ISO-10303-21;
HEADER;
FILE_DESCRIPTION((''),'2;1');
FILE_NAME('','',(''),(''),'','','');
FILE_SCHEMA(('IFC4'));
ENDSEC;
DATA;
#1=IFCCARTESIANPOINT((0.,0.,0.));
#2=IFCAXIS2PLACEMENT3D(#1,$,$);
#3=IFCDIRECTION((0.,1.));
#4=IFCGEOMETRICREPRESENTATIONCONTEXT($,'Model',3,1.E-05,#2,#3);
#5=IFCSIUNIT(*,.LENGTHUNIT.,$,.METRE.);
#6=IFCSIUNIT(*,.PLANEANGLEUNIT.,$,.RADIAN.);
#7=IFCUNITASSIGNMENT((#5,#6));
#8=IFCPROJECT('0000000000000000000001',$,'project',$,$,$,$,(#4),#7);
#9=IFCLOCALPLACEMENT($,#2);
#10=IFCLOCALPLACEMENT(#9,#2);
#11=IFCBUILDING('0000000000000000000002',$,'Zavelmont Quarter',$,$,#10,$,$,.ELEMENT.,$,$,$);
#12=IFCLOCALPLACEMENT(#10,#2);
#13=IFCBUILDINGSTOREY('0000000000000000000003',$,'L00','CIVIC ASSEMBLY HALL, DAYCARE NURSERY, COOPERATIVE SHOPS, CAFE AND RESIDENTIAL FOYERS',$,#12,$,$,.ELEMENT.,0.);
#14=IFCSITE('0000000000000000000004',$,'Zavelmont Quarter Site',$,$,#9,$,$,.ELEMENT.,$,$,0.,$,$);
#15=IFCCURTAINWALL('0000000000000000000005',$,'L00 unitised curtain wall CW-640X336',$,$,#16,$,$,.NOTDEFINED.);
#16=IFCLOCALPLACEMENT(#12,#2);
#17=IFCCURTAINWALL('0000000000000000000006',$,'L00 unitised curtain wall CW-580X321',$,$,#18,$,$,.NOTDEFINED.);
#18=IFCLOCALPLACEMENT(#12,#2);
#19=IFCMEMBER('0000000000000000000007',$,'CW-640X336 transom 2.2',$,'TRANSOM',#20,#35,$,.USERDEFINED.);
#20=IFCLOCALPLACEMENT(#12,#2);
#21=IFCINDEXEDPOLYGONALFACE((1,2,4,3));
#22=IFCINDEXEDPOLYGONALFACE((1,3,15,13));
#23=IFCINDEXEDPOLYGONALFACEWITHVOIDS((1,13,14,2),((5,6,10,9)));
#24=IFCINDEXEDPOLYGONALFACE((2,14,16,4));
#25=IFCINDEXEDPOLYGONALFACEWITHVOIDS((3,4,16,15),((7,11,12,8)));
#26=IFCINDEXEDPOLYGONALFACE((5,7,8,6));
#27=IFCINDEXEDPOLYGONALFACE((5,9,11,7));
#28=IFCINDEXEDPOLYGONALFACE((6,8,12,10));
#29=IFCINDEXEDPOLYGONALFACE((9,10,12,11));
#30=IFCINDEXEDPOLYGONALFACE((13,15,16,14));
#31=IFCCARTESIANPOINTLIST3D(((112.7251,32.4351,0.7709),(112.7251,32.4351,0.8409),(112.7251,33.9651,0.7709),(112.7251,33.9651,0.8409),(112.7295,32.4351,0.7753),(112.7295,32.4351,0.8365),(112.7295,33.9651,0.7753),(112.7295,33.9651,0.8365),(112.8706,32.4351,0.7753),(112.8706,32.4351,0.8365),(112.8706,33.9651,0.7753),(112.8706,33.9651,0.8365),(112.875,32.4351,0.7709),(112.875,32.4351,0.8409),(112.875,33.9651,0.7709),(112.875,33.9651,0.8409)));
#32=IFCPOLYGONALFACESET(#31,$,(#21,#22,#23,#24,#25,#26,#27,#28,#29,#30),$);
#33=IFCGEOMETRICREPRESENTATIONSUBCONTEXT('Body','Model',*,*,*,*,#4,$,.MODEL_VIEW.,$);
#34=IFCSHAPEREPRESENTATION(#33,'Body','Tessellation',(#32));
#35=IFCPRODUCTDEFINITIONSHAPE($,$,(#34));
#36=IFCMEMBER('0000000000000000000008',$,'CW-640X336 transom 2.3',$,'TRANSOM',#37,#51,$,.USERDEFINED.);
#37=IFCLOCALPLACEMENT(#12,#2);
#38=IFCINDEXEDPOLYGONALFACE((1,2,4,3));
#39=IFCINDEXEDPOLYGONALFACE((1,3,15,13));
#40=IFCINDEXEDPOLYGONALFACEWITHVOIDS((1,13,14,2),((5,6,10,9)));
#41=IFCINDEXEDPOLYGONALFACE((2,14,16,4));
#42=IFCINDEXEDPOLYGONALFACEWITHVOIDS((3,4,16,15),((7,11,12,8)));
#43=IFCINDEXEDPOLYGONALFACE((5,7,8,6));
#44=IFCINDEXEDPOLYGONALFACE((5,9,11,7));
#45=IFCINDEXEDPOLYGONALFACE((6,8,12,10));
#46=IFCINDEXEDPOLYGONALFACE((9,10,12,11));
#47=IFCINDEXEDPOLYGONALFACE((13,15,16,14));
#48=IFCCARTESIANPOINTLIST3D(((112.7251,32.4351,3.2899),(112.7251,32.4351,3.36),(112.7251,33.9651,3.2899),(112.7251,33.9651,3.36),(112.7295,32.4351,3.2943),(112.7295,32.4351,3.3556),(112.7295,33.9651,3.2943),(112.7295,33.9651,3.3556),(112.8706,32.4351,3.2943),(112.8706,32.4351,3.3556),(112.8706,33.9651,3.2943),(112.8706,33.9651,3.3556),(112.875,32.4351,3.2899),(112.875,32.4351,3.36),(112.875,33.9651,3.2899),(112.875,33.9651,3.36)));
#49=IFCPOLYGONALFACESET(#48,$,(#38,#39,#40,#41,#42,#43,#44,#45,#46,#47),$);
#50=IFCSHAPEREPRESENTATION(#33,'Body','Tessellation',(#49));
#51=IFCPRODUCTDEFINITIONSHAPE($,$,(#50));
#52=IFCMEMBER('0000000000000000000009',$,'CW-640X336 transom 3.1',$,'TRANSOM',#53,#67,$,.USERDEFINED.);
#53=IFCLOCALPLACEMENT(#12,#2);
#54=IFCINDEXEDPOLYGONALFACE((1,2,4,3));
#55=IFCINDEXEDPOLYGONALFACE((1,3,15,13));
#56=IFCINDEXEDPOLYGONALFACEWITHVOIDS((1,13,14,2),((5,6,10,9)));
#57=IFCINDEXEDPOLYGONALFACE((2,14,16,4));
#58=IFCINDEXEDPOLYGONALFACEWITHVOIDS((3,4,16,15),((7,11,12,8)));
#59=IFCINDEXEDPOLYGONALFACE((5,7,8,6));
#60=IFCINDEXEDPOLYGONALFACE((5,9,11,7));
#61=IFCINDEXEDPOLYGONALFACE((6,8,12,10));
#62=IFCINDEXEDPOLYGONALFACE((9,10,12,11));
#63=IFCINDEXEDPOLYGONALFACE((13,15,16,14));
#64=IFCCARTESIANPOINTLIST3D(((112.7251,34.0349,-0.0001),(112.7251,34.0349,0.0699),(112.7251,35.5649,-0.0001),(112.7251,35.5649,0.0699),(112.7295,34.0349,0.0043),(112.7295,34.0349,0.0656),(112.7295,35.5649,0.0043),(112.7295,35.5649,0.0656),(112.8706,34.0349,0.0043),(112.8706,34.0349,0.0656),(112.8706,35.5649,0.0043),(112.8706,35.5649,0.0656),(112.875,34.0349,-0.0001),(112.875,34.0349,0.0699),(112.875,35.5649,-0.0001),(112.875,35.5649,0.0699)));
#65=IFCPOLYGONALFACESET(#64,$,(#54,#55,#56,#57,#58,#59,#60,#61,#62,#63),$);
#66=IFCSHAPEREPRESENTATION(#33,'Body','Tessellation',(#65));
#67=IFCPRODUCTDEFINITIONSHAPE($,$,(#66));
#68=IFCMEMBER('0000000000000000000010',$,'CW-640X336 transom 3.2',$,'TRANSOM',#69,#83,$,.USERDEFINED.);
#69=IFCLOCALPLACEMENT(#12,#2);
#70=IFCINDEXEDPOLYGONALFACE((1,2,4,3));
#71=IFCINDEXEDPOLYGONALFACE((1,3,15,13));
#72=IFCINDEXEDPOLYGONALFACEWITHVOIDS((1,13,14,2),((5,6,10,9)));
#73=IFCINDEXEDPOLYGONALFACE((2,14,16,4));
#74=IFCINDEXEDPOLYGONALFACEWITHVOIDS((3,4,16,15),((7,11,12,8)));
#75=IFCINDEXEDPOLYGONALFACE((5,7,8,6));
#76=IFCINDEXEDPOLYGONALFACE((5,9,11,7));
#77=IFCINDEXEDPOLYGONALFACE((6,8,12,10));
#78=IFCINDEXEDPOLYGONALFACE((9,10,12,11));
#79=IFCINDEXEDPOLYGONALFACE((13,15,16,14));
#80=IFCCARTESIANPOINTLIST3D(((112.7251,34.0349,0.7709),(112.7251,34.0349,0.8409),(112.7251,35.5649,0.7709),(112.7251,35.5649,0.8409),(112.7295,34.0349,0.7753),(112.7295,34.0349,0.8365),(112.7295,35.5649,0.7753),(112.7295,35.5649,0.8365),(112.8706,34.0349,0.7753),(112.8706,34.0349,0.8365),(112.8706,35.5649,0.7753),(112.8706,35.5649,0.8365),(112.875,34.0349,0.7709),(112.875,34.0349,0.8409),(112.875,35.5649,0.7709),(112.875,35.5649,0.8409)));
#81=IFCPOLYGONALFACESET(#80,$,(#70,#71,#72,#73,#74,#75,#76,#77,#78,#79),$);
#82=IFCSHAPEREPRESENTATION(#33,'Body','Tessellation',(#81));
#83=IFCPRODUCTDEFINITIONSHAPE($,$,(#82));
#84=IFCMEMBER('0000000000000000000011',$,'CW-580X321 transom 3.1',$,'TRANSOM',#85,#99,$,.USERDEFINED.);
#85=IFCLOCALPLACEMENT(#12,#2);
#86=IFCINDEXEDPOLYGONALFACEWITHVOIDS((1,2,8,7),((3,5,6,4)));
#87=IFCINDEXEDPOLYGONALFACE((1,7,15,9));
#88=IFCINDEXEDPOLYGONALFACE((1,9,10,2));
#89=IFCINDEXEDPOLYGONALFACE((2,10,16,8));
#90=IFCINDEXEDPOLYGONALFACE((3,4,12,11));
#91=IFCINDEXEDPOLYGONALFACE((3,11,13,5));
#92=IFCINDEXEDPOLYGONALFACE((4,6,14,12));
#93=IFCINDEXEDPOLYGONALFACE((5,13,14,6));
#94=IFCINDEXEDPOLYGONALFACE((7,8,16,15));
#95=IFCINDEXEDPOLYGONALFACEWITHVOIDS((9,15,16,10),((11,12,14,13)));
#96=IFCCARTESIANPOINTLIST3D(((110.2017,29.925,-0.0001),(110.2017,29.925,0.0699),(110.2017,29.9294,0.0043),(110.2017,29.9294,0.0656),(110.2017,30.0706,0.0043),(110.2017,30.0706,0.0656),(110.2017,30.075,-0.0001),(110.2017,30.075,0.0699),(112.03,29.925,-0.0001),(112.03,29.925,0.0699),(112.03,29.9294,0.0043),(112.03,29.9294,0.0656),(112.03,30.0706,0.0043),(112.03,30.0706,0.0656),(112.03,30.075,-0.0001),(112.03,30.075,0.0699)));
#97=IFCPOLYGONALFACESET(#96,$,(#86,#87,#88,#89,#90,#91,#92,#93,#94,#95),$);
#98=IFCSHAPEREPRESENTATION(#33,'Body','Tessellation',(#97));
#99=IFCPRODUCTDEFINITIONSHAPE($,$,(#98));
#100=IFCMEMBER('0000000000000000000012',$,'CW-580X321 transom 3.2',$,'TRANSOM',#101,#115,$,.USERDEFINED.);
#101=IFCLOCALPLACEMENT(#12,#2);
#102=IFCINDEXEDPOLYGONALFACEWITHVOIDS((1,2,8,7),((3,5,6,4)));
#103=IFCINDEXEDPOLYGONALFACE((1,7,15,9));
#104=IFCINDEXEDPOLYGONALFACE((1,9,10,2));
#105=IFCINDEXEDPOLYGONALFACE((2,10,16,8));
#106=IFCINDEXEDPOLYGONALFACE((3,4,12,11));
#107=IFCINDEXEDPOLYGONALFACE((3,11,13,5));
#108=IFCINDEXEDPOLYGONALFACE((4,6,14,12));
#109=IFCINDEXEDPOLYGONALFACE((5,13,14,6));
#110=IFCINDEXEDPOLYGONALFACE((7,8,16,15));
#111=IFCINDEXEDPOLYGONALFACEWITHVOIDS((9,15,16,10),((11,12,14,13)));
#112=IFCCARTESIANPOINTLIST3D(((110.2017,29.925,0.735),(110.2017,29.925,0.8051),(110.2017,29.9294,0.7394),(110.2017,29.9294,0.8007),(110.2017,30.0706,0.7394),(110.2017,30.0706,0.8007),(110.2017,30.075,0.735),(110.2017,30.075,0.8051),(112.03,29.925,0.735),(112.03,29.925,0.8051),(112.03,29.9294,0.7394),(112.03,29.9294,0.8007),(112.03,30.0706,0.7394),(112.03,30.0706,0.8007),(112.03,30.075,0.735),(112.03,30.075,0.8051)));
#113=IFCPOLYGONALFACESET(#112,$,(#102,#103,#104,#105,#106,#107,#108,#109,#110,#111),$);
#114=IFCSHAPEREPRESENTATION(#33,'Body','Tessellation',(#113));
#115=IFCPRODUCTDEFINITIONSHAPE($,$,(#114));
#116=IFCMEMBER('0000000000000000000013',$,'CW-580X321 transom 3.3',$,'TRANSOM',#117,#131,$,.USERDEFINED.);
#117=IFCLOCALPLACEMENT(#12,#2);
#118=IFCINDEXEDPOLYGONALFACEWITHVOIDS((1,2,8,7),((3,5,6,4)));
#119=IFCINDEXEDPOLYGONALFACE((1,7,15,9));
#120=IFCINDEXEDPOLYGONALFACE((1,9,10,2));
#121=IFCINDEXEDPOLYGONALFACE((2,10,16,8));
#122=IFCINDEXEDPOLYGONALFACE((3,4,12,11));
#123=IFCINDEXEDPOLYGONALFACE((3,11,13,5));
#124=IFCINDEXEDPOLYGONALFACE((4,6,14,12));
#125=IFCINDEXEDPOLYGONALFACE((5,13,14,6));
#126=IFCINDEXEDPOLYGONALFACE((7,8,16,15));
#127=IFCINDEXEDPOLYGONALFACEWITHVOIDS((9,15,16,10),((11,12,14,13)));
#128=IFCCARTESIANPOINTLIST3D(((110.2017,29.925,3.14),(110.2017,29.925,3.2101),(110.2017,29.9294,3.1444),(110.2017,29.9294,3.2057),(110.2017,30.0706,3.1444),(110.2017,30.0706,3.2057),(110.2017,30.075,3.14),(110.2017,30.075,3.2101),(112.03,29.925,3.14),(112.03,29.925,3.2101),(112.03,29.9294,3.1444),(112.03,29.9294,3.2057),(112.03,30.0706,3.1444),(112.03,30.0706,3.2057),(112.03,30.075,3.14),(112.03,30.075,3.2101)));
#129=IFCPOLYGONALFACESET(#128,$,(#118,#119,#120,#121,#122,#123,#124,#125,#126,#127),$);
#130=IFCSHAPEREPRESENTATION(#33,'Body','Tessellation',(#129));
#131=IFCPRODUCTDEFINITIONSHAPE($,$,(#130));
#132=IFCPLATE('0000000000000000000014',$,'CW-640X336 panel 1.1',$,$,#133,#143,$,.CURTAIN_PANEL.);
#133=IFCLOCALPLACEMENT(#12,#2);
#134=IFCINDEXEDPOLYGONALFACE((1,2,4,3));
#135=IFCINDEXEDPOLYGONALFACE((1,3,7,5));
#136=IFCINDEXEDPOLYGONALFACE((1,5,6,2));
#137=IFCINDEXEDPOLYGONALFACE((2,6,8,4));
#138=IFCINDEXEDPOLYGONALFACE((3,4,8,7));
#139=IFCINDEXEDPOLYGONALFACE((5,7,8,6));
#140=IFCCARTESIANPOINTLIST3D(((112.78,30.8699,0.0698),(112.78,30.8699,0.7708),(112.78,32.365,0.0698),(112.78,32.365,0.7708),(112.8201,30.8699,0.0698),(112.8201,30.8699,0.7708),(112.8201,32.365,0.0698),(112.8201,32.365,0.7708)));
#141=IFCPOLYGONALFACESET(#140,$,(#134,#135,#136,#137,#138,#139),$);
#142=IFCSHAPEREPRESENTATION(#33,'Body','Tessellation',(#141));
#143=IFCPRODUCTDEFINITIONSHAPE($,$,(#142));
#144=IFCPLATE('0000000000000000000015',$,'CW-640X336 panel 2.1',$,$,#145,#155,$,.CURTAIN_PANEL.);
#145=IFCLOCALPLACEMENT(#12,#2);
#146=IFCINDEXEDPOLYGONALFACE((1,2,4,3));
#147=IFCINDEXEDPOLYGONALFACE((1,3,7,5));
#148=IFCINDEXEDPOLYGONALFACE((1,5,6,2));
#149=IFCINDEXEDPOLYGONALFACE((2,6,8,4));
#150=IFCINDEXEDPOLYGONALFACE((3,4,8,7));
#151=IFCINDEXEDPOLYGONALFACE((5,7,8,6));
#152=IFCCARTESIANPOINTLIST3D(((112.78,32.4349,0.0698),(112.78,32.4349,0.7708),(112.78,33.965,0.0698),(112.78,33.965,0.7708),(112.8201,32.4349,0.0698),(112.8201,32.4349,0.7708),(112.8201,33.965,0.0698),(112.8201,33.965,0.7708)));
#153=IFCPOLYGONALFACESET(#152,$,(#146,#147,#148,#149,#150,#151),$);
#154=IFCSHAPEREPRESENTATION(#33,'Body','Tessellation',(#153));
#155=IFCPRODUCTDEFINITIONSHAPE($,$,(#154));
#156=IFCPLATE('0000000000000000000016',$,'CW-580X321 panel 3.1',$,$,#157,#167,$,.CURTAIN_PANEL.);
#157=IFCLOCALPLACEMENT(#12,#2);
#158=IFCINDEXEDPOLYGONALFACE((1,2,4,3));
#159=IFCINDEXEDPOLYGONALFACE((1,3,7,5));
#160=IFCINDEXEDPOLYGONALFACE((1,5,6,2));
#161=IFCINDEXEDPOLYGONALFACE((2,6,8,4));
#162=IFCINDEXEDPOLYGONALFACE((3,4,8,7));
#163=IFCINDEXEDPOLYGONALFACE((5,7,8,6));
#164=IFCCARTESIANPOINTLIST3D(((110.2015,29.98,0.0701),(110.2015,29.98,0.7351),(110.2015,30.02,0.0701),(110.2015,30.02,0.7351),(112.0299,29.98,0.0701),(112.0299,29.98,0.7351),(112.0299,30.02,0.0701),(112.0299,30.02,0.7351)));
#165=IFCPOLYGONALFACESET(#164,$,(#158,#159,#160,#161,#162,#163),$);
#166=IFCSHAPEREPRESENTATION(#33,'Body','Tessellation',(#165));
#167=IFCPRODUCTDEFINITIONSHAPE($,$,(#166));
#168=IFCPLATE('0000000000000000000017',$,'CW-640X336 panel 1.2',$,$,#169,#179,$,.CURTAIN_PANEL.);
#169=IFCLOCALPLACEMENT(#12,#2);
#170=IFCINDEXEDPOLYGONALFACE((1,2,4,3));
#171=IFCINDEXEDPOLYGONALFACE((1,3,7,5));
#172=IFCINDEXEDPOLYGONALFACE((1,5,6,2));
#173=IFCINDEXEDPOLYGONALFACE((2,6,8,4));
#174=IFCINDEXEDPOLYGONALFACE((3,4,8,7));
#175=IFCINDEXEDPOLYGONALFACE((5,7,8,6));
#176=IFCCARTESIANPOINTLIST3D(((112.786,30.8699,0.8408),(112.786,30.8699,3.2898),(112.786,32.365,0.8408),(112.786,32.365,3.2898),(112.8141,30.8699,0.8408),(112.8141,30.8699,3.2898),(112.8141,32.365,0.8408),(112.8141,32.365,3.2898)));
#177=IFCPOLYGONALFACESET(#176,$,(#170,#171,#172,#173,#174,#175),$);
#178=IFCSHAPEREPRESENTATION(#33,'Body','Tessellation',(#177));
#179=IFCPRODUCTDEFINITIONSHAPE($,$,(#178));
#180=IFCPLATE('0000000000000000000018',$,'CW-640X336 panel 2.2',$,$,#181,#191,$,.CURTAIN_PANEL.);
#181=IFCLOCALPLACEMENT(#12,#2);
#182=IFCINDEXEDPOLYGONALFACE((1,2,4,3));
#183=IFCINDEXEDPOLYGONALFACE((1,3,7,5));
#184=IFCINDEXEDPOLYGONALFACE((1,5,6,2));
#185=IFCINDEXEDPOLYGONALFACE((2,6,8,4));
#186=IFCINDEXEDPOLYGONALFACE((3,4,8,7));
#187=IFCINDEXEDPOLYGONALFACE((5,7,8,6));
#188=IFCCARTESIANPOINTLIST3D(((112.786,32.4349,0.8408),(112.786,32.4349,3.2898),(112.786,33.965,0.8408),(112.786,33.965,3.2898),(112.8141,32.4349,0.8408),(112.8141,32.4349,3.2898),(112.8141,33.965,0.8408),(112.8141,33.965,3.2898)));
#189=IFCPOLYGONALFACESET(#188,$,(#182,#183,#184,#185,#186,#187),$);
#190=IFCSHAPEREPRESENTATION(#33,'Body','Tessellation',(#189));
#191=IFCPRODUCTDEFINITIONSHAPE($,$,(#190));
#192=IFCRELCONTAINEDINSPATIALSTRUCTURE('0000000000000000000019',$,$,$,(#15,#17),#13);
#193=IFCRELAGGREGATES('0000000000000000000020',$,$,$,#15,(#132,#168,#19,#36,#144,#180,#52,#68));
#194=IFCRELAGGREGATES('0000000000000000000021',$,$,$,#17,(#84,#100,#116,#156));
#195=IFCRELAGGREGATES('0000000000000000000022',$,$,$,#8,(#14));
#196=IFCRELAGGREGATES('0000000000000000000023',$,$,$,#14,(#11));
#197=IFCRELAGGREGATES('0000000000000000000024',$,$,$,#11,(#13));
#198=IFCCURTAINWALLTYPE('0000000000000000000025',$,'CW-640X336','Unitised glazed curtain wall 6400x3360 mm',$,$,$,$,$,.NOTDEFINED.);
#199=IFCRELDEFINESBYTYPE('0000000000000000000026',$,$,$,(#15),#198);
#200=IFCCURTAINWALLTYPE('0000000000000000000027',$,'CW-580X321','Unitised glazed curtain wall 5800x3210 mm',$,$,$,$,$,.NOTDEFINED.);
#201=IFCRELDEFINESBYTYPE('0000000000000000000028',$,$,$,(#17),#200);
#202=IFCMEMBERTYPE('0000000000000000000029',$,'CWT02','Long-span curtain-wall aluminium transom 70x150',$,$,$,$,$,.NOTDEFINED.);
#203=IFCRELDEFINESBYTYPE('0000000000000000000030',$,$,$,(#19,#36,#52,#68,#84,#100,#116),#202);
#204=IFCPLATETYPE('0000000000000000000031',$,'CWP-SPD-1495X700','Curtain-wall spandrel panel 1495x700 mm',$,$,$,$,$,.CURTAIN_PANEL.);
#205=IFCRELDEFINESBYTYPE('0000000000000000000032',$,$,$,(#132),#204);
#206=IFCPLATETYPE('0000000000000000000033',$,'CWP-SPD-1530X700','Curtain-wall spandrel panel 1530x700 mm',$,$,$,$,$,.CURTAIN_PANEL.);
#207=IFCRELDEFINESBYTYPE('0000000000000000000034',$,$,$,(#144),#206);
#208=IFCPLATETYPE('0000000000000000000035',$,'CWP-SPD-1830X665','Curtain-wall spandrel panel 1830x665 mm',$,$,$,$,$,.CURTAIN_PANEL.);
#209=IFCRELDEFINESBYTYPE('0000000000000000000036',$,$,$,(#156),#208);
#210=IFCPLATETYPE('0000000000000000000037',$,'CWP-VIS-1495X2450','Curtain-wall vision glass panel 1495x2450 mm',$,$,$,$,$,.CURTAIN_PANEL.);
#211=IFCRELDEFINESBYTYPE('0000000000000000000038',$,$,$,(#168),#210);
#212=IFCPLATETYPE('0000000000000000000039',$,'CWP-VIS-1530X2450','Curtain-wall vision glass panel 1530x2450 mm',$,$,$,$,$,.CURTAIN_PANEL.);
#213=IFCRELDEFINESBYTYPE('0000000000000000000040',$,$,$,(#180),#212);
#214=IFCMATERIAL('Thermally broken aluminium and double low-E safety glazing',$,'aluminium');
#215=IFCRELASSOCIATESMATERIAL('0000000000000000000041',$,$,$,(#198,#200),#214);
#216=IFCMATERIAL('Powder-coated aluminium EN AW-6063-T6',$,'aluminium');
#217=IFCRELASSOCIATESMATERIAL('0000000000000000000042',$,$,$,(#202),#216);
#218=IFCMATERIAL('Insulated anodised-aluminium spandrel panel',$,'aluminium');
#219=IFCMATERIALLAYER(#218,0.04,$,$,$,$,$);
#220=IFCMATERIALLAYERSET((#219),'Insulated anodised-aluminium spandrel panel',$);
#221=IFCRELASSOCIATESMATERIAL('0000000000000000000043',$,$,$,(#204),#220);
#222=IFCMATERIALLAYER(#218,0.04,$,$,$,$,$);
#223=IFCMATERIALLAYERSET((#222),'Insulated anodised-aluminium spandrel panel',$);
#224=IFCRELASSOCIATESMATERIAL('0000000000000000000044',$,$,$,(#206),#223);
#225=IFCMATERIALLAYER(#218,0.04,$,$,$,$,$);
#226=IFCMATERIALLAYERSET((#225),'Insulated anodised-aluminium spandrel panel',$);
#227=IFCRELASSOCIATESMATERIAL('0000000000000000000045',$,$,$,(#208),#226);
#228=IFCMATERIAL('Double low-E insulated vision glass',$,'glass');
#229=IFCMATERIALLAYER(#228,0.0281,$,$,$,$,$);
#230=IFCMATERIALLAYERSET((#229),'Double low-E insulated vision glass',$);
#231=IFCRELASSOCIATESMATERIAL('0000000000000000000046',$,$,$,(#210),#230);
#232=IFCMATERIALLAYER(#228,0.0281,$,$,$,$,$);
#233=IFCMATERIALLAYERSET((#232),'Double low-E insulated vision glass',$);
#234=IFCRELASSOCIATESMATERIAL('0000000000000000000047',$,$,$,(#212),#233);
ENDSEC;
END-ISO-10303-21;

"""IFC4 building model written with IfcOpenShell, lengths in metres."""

from ifc_helpers import new_model, si_unit, direction, frame, origin, origin_2d, place, context, subcontext, project, spatial, rectangle, hollow_rectangle, extrude, material, layer, layer_set, material_profile, profile_set, type_object, element, aggregate, save


model = new_model("IFC4")

# Units and contexts
model_context = context("Model", 3, precision=1e-05, world=origin(), true_north=direction((0.0, 1.0)))
body_context = subcontext(model_context, "Body", "Model", "MODEL_VIEW")
ifc_project = project(units=[si_unit("LENGTHUNIT", "METRE"), si_unit("PLANEANGLEUNIT", "RADIAN")], contexts=[model_context])

# Site, building, storey
site_placement = place(None, origin())
site = spatial("IfcSite", under=ifc_project, at=site_placement, Name="Zavelmont Quarter Site", CompositionType="ELEMENT", RefElevation=0.0)
building_placement = place(site_placement, origin())
building = spatial("IfcBuilding", under=site, at=building_placement, Name="Zavelmont Quarter", CompositionType="ELEMENT")
storey_placement = place(building_placement, origin())
storey = spatial("IfcBuildingStorey", under=building, at=storey_placement, Name="L00", Description="CIVIC ASSEMBLY HALL, DAYCARE NURSERY, COOPERATIVE SHOPS, CAFE AND RESIDENTIAL FOYERS", CompositionType="ELEMENT", Elevation=0.0)

# Curtain walls
ifc_material_1 = material(Name="Thermally broken aluminium and double low-E safety glazing", Category="aluminium")
curtain_wall_type_1 = type_object("IfcCurtainWallType", Name="CW-640X336", Description="Unitised glazed curtain wall 6400x3360 mm", PredefinedType="NOTDEFINED", material=ifc_material_1)
curtain_wall_1_placement = place(storey_placement, origin())
curtain_wall_1 = element("IfcCurtainWall", 1, at=curtain_wall_1_placement, inside=storey, type_object=curtain_wall_type_1, Name="L00 unitised curtain wall CW-640X336", PredefinedType="NOTDEFINED")
ifc_material_2 = material(Name="Powder-coated aluminium EN AW-6063-T6", Category="aluminium")
curtain_wall_type_2 = type_object("IfcCurtainWallType", Name="CW-580X321", Description="Unitised glazed curtain wall 5800x3210 mm", PredefinedType="NOTDEFINED", material=ifc_material_1)
curtain_wall_2_placement = place(storey_placement, origin())
curtain_wall_2 = element("IfcCurtainWall", 2, at=curtain_wall_2_placement, inside=storey, type_object=curtain_wall_type_2, Name="L00 unitised curtain wall CW-580X321", PredefinedType="NOTDEFINED")

# Members
ifc_material_profile_1 = material_profile(ifc_material_2, hollow_rectangle(XDim=0.1499, YDim=0.0701, WallThickness=0.0044, at=origin_2d()), Name="CWT70X150")
ifc_profile_set_1 = profile_set([ifc_material_profile_1], Name="Powder-coated aluminium EN AW-6063-T6")
member_type_1 = type_object("IfcMemberType", Name="CWT02", Description="Long-span curtain-wall aluminium transom 70x150", PredefinedType="NOTDEFINED", material=ifc_profile_set_1)
member_1_placement = place(storey_placement, frame((112.8, 32.4351, 0.8059), z_axis=(0.0, 1.0, 0.0), x_axis=(-1.0, 0.0, 0.0)))
member_1 = element("IfcMember", 3, at=member_1_placement, type_object=member_type_1, Name="CW-640X336 transom 2.2", ObjectType="TRANSOM", PredefinedType="USERDEFINED", context=body_context, shape_type="SweptSolid", body=[
    extrude(hollow_rectangle(XDim=0.1499, YDim=0.0701, WallThickness=0.0044, at=origin_2d()), origin(), (0.0, 0.0, 1.0), 1.53),
])
member_2_placement = place(storey_placement, frame((112.8, 32.4351, 3.325), z_axis=(0.0, 1.0, 0.0), x_axis=(-1.0, 0.0, 0.0)))
member_2 = element("IfcMember", 4, at=member_2_placement, type_object=member_type_1, Name="CW-640X336 transom 2.3", ObjectType="TRANSOM", PredefinedType="USERDEFINED", context=body_context, shape_type="SweptSolid", body=[
    extrude(hollow_rectangle(XDim=0.1499, YDim=0.0701, WallThickness=0.0044, at=origin_2d()), origin(), (0.0, 0.0, 1.0), 1.53),
])
member_3_placement = place(storey_placement, frame((112.8, 34.0349, 0.0349), z_axis=(0.0, 1.0, 0.0), x_axis=(-1.0, 0.0, 0.0)))
member_3 = element("IfcMember", 5, at=member_3_placement, type_object=member_type_1, Name="CW-640X336 transom 3.1", ObjectType="TRANSOM", PredefinedType="USERDEFINED", context=body_context, shape_type="SweptSolid", body=[
    extrude(hollow_rectangle(XDim=0.1499, YDim=0.0701, WallThickness=0.0044, at=origin_2d()), origin(), (0.0, 0.0, 1.0), 1.53),
])
member_4_placement = place(storey_placement, frame((112.8, 34.0349, 0.8059), z_axis=(0.0, 1.0, 0.0), x_axis=(-1.0, 0.0, 0.0)))
member_4 = element("IfcMember", 6, at=member_4_placement, type_object=member_type_1, Name="CW-640X336 transom 3.2", ObjectType="TRANSOM", PredefinedType="USERDEFINED", context=body_context, shape_type="SweptSolid", body=[
    extrude(hollow_rectangle(XDim=0.1499, YDim=0.0701, WallThickness=0.0044, at=origin_2d()), origin(), (0.0, 0.0, 1.0), 1.53),
])
member_5_placement = place(storey_placement, frame((110.2017, 30.0, 0.0349), z_axis=(1.0, 0.0, 0.0), x_axis=(0.0, 1.0, 0.0)))
member_5 = element("IfcMember", 7, at=member_5_placement, type_object=member_type_1, Name="CW-580X321 transom 3.1", ObjectType="TRANSOM", PredefinedType="USERDEFINED", context=body_context, shape_type="SweptSolid", body=[
    extrude(hollow_rectangle(XDim=0.1499, YDim=0.0701, WallThickness=0.0044, at=origin_2d()), origin(), (0.0, 0.0, 1.0), 1.8284),
])
member_6_placement = place(storey_placement, frame((110.2017, 30.0, 0.77), z_axis=(1.0, 0.0, 0.0), x_axis=(0.0, 1.0, 0.0)))
member_6 = element("IfcMember", 8, at=member_6_placement, type_object=member_type_1, Name="CW-580X321 transom 3.2", ObjectType="TRANSOM", PredefinedType="USERDEFINED", context=body_context, shape_type="SweptSolid", body=[
    extrude(hollow_rectangle(XDim=0.1499, YDim=0.0701, WallThickness=0.0044, at=origin_2d()), origin(), (0.0, 0.0, 1.0), 1.8284),
])
member_7_placement = place(storey_placement, frame((110.2017, 30.0, 3.175), z_axis=(1.0, 0.0, 0.0), x_axis=(0.0, 1.0, 0.0)))
member_7 = element("IfcMember", 9, at=member_7_placement, type_object=member_type_1, Name="CW-580X321 transom 3.3", ObjectType="TRANSOM", PredefinedType="USERDEFINED", context=body_context, shape_type="SweptSolid", body=[
    extrude(hollow_rectangle(XDim=0.1499, YDim=0.0701, WallThickness=0.0044, at=origin_2d()), origin(), (0.0, 0.0, 1.0), 1.8284),
])

# Plates
ifc_material_3 = material(Name="Insulated anodised-aluminium spandrel panel", Category="aluminium")
ifc_layer_1 = layer(ifc_material_3, 0.04)
ifc_layer_set_1 = layer_set([ifc_layer_1], Name="Insulated anodised-aluminium spandrel panel")
plate_type_1 = type_object("IfcPlateType", Name="CWP-SPD-1495X700", Description="Curtain-wall spandrel panel 1495x700 mm", PredefinedType="CURTAIN_PANEL", material=ifc_layer_set_1)
plate_1_placement = place(storey_placement, frame((112.8, 31.6174, 0.0698), z_axis=(0.0, 0.0, 1.0), x_axis=(0.0, 1.0, 0.0)))
plate_1 = element("IfcPlate", 10, at=plate_1_placement, type_object=plate_type_1, Name="CW-640X336 panel 1.1", PredefinedType="CURTAIN_PANEL", context=body_context, shape_type="SweptSolid", body=[
    extrude(rectangle(XDim=1.4951, YDim=0.04, at=origin_2d()), origin(), (0.0, 0.0, 1.0), 0.7009),
])
ifc_layer_2 = layer(ifc_material_3, 0.04)
ifc_layer_set_2 = layer_set([ifc_layer_2], Name="Insulated anodised-aluminium spandrel panel")
plate_type_2 = type_object("IfcPlateType", Name="CWP-SPD-1530X700", Description="Curtain-wall spandrel panel 1530x700 mm", PredefinedType="CURTAIN_PANEL", material=ifc_layer_set_2)
plate_2_placement = place(storey_placement, frame((112.8, 33.2, 0.0698), z_axis=(0.0, 0.0, 1.0), x_axis=(0.0, 1.0, 0.0)))
plate_2 = element("IfcPlate", 11, at=plate_2_placement, type_object=plate_type_2, Name="CW-640X336 panel 2.1", PredefinedType="CURTAIN_PANEL", context=body_context, shape_type="SweptSolid", body=[
    extrude(rectangle(XDim=1.53, YDim=0.04, at=origin_2d()), origin(), (0.0, 0.0, 1.0), 0.7009),
])
ifc_layer_3 = layer(ifc_material_3, 0.04)
ifc_layer_set_3 = layer_set([ifc_layer_3], Name="Insulated anodised-aluminium spandrel panel")
plate_type_3 = type_object("IfcPlateType", Name="CWP-SPD-1830X665", Description="Curtain-wall spandrel panel 1830x665 mm", PredefinedType="CURTAIN_PANEL", material=ifc_layer_set_3)
plate_3_placement = place(storey_placement, frame((111.1157, 30.0, 0.0701), z_axis=(0.0, 0.0, 1.0), x_axis=(1.0, 0.0, 0.0)))
plate_3 = element("IfcPlate", 12, at=plate_3_placement, type_object=plate_type_3, Name="CW-580X321 panel 3.1", PredefinedType="CURTAIN_PANEL", context=body_context, shape_type="SweptSolid", body=[
    extrude(rectangle(XDim=1.8284, YDim=0.04, at=origin_2d()), origin(), (0.0, 0.0, 1.0), 0.665),
])
ifc_material_4 = material(Name="Double low-E insulated vision glass", Category="glass")
ifc_layer_4 = layer(ifc_material_4, 0.0281)
ifc_layer_set_4 = layer_set([ifc_layer_4], Name="Double low-E insulated vision glass")
plate_type_4 = type_object("IfcPlateType", Name="CWP-VIS-1495X2450", Description="Curtain-wall vision glass panel 1495x2450 mm", PredefinedType="CURTAIN_PANEL", material=ifc_layer_set_4)
plate_4_placement = place(storey_placement, frame((112.8, 31.6174, 0.8408), z_axis=(0.0, 0.0, 1.0), x_axis=(0.0, 1.0, 0.0)))
plate_4 = element("IfcPlate", 13, at=plate_4_placement, type_object=plate_type_4, Name="CW-640X336 panel 1.2", PredefinedType="CURTAIN_PANEL", context=body_context, shape_type="SweptSolid", body=[
    extrude(rectangle(XDim=1.4951, YDim=0.0281, at=origin_2d()), origin(), (0.0, 0.0, 1.0), 2.449),
])
ifc_layer_5 = layer(ifc_material_4, 0.0281)
ifc_layer_set_5 = layer_set([ifc_layer_5], Name="Double low-E insulated vision glass")
plate_type_5 = type_object("IfcPlateType", Name="CWP-VIS-1530X2450", Description="Curtain-wall vision glass panel 1530x2450 mm", PredefinedType="CURTAIN_PANEL", material=ifc_layer_set_5)
plate_5_placement = place(storey_placement, frame((112.8, 33.2, 0.8408), z_axis=(0.0, 0.0, 1.0), x_axis=(0.0, 1.0, 0.0)))
plate_5 = element("IfcPlate", 14, at=plate_5_placement, type_object=plate_type_5, Name="CW-640X336 panel 2.2", PredefinedType="CURTAIN_PANEL", context=body_context, shape_type="SweptSolid", body=[
    extrude(rectangle(XDim=1.53, YDim=0.0281, at=origin_2d()), origin(), (0.0, 0.0, 1.0), 2.449),
])
aggregate(curtain_wall_1, [plate_1, plate_4, member_1, member_2, plate_2, plate_5, member_3, member_4])
aggregate(curtain_wall_2, [member_5, member_6, member_7, plate_3])

save(model, "model.ifc")
